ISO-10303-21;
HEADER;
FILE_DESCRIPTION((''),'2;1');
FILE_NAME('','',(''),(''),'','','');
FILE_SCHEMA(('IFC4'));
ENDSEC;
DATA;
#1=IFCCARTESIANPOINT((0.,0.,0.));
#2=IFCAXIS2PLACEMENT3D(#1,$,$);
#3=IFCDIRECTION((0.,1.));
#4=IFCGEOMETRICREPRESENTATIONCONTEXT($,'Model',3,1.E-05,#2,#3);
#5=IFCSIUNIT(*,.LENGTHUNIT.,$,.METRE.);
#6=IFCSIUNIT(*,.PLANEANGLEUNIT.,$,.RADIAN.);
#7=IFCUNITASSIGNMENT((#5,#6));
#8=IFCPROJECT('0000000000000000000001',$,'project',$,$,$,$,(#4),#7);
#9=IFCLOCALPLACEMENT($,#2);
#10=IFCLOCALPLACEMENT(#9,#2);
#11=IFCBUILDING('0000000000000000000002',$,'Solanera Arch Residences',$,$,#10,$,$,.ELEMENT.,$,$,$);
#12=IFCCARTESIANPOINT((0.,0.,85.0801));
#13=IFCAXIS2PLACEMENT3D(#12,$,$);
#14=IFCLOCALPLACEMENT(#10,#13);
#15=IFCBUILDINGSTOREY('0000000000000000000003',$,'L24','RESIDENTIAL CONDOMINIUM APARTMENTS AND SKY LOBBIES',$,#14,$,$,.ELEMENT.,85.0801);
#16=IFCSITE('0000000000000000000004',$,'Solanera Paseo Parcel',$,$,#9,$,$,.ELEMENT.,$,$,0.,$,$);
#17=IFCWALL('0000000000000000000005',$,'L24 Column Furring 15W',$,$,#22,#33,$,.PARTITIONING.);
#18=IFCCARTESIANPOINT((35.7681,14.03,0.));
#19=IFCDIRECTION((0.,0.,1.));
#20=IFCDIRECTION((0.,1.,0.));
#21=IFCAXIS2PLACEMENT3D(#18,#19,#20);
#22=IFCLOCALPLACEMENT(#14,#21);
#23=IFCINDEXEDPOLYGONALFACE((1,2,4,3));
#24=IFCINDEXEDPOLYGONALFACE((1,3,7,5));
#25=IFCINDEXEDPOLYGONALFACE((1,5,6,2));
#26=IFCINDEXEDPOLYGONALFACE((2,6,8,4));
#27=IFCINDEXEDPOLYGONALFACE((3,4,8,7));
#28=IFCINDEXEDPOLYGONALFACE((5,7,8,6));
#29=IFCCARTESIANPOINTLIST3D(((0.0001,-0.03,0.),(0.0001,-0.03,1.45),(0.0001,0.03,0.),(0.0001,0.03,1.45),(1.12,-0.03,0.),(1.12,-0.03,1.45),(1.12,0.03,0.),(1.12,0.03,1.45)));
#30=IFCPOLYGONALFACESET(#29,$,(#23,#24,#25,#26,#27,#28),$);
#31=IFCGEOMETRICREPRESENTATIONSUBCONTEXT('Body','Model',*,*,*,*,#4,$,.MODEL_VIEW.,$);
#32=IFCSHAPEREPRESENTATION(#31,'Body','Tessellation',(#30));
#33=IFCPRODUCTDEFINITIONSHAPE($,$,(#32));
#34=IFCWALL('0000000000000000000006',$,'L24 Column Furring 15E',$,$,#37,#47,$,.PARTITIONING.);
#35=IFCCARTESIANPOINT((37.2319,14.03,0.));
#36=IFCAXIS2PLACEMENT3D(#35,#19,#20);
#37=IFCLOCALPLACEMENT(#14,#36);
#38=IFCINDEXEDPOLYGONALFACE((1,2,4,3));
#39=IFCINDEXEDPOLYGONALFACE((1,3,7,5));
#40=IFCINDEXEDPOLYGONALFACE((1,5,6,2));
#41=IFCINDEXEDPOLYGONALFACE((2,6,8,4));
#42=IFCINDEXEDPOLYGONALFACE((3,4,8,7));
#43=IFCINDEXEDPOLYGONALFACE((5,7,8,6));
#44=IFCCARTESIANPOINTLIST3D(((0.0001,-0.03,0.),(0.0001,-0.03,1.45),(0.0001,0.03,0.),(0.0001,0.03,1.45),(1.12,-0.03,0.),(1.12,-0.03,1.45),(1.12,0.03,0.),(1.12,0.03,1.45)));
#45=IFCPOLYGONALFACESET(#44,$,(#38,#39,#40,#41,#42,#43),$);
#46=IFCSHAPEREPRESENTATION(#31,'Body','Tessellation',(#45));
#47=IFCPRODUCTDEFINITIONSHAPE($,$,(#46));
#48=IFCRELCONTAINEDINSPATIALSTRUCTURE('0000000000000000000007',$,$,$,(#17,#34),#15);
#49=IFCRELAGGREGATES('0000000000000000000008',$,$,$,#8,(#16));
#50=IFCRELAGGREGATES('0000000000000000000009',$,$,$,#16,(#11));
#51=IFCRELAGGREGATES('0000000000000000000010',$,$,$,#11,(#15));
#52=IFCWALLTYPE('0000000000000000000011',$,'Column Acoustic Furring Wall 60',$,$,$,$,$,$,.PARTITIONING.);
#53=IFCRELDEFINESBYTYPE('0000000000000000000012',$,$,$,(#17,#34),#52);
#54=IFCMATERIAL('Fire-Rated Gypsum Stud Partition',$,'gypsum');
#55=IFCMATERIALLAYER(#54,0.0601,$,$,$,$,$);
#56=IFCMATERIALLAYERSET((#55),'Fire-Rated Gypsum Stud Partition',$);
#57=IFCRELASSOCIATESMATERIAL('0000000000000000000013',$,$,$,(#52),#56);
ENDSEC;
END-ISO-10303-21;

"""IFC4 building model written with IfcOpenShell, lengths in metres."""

from ifc_helpers import new_model, si_unit, direction, frame, frame_2d, origin, place, context, subcontext, project, spatial, rectangle, extrude, material, layer, layer_set, type_object, element, save


model = new_model("IFC4")

# Units and contexts
model_context = context("Model", 3, precision=1e-05, world=origin(), true_north=direction((0.0, 1.0)))
body_context = subcontext(model_context, "Body", "Model", "MODEL_VIEW")
ifc_project = project(units=[si_unit("LENGTHUNIT", "METRE"), si_unit("PLANEANGLEUNIT", "RADIAN")], contexts=[model_context])

# Site, building, storey
site_placement = place(None, origin())
site = spatial("IfcSite", under=ifc_project, at=site_placement, Name="Solanera Paseo Parcel", CompositionType="ELEMENT", RefElevation=0.0)
building_placement = place(site_placement, origin())
building = spatial("IfcBuilding", under=site, at=building_placement, Name="Solanera Arch Residences", CompositionType="ELEMENT")
storey_placement = place(building_placement, frame((0.0, 0.0, 85.0801)))
storey = spatial("IfcBuildingStorey", under=building, at=storey_placement, Name="L24", Description="RESIDENTIAL CONDOMINIUM APARTMENTS AND SKY LOBBIES", CompositionType="ELEMENT", Elevation=85.0801)

# Walls
ifc_material_1 = material(Name="Fire-Rated Gypsum Stud Partition", Category="gypsum")
ifc_layer_1 = layer(ifc_material_1, 0.0601)
ifc_layer_set_1 = layer_set([ifc_layer_1], Name="Fire-Rated Gypsum Stud Partition")
wall_type_1 = type_object("IfcWallType", Name="Column Acoustic Furring Wall 60", PredefinedType="PARTITIONING", material=ifc_layer_set_1)
for number, where, z_axis, x_axis, name in (
    (1, (35.7681, 14.03, 0.0), (0.0, 0.0, 1.0), (0.0, 1.0, 0.0), "L24 Column Furring 15W"),
    (2, (37.2319, 14.03, 0.0), (0.0, 0.0, 1.0), (0.0, 1.0, 0.0), "L24 Column Furring 15E"),
):
    element("IfcWall", number, at=place(storey_placement, frame(where, z_axis=z_axis, x_axis=x_axis)), inside=storey, type_object=wall_type_1, Name=name, PredefinedType="PARTITIONING", context=body_context, shape_type="SweptSolid", body=[
        extrude(rectangle(XDim=1.1199, YDim=0.0601, at=frame_2d((0.5601, 0.0))), origin(), (0.0, 0.0, 1.0), 1.45),
    ])

save(model, "model.ifc")
